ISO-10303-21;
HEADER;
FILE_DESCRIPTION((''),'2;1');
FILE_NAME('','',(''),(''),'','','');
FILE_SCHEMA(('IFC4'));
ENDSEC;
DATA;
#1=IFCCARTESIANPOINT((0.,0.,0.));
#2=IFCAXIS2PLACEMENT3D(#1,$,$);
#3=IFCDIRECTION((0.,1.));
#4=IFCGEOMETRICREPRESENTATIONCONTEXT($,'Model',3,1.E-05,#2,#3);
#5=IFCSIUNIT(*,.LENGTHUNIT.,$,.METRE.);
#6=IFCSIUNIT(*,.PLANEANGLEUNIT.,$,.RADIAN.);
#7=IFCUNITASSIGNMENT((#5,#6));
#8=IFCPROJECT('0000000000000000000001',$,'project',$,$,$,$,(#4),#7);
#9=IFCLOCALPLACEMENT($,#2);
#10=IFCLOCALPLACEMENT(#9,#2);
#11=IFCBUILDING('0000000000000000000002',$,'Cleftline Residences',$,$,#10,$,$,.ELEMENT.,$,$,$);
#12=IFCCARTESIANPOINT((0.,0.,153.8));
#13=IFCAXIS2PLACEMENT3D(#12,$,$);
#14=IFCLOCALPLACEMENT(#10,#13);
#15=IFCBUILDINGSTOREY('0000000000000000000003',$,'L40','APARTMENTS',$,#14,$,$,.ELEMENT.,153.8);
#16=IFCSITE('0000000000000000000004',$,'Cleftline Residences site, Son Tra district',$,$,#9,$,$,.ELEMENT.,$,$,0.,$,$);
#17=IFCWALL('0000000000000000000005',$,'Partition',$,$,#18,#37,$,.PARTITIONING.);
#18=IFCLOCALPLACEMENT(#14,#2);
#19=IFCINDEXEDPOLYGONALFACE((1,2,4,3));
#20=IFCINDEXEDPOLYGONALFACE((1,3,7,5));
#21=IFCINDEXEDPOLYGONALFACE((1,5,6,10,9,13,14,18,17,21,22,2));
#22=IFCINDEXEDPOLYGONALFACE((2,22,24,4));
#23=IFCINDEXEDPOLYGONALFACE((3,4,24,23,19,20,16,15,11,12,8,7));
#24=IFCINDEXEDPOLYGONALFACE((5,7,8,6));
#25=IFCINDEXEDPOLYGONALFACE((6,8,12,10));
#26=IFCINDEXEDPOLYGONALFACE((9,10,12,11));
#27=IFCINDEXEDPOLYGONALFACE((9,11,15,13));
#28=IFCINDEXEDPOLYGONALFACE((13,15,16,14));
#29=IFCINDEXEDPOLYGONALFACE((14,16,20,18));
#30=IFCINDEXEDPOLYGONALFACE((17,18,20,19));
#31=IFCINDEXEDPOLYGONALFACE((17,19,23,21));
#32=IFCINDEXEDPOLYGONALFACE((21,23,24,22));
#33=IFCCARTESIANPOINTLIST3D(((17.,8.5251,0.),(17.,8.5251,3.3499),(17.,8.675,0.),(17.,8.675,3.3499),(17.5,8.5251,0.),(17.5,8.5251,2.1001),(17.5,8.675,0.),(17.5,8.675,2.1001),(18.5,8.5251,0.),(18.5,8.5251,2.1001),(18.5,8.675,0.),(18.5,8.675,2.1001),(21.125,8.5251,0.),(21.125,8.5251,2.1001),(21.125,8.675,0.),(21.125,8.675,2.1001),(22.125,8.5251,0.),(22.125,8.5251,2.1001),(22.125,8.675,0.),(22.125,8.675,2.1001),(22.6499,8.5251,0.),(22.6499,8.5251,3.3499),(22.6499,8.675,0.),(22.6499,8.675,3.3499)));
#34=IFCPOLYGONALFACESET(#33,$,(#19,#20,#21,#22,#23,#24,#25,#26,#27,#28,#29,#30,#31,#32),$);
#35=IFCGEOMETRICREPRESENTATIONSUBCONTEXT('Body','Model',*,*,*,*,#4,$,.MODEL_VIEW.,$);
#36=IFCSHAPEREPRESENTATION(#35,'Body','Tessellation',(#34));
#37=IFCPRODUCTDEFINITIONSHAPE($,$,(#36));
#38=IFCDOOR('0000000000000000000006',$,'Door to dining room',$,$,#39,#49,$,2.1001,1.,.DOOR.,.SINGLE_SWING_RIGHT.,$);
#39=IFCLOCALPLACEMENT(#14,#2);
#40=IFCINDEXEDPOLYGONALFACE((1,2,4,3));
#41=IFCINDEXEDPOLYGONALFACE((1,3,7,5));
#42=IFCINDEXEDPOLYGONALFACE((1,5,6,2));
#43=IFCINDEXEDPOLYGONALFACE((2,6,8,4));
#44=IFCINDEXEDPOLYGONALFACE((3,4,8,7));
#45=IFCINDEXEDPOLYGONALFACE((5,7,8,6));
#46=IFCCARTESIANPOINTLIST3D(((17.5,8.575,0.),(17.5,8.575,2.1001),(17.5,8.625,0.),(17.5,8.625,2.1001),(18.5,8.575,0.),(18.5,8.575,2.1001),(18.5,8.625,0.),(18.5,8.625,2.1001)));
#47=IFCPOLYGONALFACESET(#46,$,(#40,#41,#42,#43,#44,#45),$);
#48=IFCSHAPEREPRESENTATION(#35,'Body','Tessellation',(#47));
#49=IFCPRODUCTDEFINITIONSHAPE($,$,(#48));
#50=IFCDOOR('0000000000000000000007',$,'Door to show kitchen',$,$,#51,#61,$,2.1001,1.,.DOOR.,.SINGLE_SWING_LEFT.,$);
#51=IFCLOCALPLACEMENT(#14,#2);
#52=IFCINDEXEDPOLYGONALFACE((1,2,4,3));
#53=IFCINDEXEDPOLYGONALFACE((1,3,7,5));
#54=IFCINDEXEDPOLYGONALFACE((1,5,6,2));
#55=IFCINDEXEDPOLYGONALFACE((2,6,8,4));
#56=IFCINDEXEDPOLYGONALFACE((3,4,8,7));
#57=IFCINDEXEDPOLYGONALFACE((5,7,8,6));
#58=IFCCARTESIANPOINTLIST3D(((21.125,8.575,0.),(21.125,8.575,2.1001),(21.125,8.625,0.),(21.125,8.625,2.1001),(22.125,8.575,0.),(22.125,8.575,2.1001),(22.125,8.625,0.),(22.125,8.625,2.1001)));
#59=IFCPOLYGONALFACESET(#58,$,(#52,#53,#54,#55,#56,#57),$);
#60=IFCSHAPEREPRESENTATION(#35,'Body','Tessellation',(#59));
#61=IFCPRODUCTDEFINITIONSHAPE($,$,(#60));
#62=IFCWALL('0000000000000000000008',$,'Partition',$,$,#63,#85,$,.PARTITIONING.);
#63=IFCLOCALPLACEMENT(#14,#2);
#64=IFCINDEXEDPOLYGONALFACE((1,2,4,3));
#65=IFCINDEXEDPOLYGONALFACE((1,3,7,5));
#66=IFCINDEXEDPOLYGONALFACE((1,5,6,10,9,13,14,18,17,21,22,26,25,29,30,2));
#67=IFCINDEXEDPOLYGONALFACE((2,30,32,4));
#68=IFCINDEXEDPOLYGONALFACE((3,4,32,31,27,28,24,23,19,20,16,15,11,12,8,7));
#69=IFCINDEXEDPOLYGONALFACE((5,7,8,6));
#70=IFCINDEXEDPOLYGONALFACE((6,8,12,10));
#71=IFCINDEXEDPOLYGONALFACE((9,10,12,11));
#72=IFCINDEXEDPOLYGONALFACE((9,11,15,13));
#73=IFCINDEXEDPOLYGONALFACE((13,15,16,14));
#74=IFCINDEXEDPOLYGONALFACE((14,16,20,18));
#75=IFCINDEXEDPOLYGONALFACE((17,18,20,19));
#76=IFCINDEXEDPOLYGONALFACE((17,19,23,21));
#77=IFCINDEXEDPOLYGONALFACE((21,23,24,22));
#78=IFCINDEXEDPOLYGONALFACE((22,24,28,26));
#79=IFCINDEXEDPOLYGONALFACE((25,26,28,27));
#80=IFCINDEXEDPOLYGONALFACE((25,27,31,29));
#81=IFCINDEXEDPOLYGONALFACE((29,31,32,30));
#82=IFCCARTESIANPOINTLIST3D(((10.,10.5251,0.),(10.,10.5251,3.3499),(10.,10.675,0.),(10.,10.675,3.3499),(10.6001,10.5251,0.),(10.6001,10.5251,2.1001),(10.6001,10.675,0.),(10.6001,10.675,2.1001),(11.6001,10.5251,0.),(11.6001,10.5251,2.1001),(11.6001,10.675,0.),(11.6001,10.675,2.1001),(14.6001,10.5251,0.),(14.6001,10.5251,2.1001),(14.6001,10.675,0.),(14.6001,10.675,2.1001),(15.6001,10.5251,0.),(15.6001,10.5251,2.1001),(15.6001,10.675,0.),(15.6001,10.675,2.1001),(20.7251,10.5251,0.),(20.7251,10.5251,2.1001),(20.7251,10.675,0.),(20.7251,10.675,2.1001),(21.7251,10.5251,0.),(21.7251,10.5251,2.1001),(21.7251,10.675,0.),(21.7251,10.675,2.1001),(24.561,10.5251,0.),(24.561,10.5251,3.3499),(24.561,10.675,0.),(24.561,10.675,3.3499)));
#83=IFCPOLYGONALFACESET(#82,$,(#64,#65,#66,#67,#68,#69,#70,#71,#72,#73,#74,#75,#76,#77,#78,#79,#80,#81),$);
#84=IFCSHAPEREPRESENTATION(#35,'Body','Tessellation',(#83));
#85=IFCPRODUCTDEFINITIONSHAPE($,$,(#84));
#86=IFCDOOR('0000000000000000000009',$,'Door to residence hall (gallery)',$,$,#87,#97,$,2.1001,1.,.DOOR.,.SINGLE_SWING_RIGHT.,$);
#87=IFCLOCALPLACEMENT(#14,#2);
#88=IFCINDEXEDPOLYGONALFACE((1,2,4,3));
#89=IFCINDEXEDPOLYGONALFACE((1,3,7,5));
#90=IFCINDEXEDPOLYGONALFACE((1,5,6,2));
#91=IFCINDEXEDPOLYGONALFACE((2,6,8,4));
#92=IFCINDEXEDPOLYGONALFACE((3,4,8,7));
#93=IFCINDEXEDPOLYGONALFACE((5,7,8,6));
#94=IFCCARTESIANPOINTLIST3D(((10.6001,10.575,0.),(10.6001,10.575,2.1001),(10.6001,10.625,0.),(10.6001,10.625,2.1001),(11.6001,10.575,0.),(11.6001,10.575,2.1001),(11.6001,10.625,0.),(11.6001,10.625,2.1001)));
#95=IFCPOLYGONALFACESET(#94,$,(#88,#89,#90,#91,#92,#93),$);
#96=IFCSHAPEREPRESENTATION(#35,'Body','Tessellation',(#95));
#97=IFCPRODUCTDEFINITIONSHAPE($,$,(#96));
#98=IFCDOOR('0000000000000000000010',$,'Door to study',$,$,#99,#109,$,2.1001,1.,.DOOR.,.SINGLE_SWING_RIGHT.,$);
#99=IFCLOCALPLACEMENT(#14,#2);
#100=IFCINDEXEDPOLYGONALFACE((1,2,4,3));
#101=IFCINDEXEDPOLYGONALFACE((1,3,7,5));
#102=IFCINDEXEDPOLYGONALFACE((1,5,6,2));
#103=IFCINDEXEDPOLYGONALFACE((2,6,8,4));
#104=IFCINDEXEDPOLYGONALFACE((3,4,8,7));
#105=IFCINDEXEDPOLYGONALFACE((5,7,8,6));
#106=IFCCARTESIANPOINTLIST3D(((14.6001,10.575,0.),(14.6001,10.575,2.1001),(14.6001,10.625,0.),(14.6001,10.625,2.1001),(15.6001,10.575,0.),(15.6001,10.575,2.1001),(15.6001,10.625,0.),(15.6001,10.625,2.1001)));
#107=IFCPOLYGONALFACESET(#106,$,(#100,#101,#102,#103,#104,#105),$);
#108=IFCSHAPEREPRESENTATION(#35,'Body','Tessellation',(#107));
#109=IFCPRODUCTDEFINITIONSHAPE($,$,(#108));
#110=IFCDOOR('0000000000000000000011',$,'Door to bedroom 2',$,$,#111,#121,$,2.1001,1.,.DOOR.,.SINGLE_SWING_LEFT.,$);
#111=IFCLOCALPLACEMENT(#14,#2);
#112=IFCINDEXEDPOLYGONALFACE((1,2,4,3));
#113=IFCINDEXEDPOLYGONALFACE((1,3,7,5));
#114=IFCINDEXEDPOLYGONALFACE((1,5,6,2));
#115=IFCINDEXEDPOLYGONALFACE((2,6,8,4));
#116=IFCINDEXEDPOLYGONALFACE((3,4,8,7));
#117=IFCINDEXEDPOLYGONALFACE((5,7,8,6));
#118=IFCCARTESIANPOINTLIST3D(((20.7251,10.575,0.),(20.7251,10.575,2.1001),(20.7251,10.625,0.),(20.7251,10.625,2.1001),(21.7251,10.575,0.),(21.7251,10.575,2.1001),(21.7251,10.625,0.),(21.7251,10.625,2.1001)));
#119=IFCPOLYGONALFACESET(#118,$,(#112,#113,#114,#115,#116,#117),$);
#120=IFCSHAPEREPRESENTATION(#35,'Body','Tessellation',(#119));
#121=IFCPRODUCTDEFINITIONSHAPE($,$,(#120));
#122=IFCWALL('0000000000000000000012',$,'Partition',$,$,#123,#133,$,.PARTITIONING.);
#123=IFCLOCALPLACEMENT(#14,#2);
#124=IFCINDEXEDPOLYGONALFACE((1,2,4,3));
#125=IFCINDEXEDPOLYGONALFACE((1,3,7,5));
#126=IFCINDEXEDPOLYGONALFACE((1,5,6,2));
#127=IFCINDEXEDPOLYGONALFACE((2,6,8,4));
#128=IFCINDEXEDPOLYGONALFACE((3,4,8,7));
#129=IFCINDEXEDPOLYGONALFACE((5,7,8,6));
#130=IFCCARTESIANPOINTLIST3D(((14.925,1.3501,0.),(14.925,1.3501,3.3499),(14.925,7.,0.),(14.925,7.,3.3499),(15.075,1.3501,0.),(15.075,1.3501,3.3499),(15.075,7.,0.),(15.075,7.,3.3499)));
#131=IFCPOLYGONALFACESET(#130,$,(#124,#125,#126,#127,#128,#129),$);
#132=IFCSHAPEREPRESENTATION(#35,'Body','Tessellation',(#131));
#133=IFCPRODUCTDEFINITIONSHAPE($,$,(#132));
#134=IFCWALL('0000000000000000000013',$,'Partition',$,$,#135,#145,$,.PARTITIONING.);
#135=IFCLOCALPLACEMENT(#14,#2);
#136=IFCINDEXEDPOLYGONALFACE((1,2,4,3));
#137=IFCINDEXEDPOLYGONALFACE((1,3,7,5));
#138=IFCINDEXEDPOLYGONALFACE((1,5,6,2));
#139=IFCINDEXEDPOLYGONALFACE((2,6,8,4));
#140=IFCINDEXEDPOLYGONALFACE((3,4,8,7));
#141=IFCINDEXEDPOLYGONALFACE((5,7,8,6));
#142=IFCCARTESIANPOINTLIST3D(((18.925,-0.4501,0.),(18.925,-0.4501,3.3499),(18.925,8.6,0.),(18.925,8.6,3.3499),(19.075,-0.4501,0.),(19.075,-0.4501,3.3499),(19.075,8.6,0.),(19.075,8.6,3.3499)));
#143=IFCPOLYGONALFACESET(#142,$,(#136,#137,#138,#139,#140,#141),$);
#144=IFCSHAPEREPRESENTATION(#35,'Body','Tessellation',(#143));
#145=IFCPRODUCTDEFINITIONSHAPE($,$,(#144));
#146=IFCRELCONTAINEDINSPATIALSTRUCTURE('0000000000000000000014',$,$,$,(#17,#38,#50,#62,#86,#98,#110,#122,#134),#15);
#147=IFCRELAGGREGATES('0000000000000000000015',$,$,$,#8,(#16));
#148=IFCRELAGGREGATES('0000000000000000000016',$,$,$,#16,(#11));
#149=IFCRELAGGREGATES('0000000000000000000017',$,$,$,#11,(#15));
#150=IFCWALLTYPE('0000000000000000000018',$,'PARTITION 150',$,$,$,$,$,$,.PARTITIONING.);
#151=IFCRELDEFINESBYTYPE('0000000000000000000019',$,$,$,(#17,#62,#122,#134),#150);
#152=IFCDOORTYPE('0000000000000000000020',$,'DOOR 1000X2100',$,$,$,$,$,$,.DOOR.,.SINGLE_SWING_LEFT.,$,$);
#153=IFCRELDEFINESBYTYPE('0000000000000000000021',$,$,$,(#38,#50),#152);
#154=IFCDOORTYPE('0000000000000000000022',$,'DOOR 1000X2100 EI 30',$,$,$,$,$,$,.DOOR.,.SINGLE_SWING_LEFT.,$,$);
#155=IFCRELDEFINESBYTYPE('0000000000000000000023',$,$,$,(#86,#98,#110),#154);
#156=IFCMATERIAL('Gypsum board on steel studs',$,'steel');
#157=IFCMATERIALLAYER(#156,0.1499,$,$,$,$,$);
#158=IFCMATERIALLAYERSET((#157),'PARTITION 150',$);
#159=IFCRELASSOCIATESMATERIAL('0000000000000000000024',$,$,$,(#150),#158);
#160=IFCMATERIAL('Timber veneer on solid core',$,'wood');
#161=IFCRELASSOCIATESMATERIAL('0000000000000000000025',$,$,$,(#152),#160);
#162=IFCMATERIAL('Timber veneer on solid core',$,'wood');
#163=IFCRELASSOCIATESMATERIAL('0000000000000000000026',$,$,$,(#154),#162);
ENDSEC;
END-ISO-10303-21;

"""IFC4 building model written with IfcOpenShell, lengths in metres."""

from ifc_helpers import new_model, si_unit, direction, frame, frame_2d, origin, place, context, subcontext, project, spatial, rectangle, extrude, material, layer, layer_set, type_object, element, fill, save


model = new_model("IFC4")

# Units and contexts
model_context = context("Model", 3, precision=1e-05, world=origin(), true_north=direction((0.0, 1.0)))
body_context = subcontext(model_context, "Body", "Model", "MODEL_VIEW")
ifc_project = project(units=[si_unit("LENGTHUNIT", "METRE"), si_unit("PLANEANGLEUNIT", "RADIAN")], contexts=[model_context])

# Site, building, storey
site_placement = place(None, origin())
site = spatial("IfcSite", under=ifc_project, at=site_placement, Name="Cleftline Residences site, Son Tra district", CompositionType="ELEMENT", RefElevation=0.0)
building_placement = place(site_placement, origin())
building = spatial("IfcBuilding", under=site, at=building_placement, Name="Cleftline Residences", CompositionType="ELEMENT")
storey_placement = place(building_placement, frame((0.0, 0.0, 153.8)))
storey = spatial("IfcBuildingStorey", under=building, at=storey_placement, Name="L40", Description="APARTMENTS", CompositionType="ELEMENT", Elevation=153.8)

# Shared definitions
ifc_material_1 = material(Name="Gypsum board on steel studs", Category="steel")
ifc_layer_1 = layer(ifc_material_1, 0.1499)
ifc_layer_set_1 = layer_set([ifc_layer_1], Name="PARTITION 150")
wall_type_1 = type_object("IfcWallType", Name="PARTITION 150", PredefinedType="PARTITIONING", material=ifc_layer_set_1)
ifc_material_2 = material(Name="Timber veneer on solid core", Category="wood")
door_type_1 = type_object("IfcDoorType", Name="DOOR 1000X2100", OperationType="SINGLE_SWING_LEFT", PredefinedType="DOOR", material=ifc_material_2)

# Walls, openings, doors
wall_1_placement = place(storey_placement, frame((17.0, 8.6001, 0.0), z_axis=(0.0, 0.0, 1.0), x_axis=(1.0, 0.0, 0.0)))
wall_1 = element("IfcWall", 1, at=wall_1_placement, inside=storey, type_object=wall_type_1, Name="Partition", PredefinedType="PARTITIONING", context=body_context, shape_type="SweptSolid", body=[
    extrude(rectangle(XDim=5.6499, YDim=0.1499, at=frame_2d((2.825, 0.0))), origin(), (0.0, 0.0, 1.0), 3.3499),
])
opening_1_placement = place(wall_1_placement, frame((0.5, 0.0, 0.0)))
opening_1 = element("IfcOpeningElement", 2, at=opening_1_placement, cuts=wall_1, PredefinedType="OPENING", context=body_context, shape_type="SweptSolid", body=[
    extrude(rectangle(XDim=1.0, YDim=2.1001, at=frame_2d((0.5, 1.05))), frame((0.0, 0.085, 0.0), z_axis=(0.0, -1.0, 0.0), x_axis=(1.0, 0.0, 0.0)), (0.0, 0.0, 1.0), 0.1699),
])
opening_2_placement = place(wall_1_placement, frame((4.125, 0.0, 0.0)))
opening_2 = element("IfcOpeningElement", 3, at=opening_2_placement, cuts=wall_1, PredefinedType="OPENING", context=body_context, shape_type="SweptSolid", body=[
    extrude(rectangle(XDim=1.0, YDim=2.1001, at=frame_2d((0.5, 1.05))), frame((0.0, 0.085, 0.0), z_axis=(0.0, -1.0, 0.0), x_axis=(1.0, 0.0, 0.0)), (0.0, 0.0, 1.0), 0.1699),
])
door_1_placement = place(opening_1_placement, origin())
door_1 = element("IfcDoor", 4, at=door_1_placement, inside=storey, type_object=door_type_1, Name="Door to dining room", OperationType="SINGLE_SWING_RIGHT", OverallHeight=2.1001, OverallWidth=1.0, PredefinedType="DOOR", context=body_context, shape_type="SweptSolid", body=[
    extrude(rectangle(XDim=1.0, YDim=2.1001, at=frame_2d((0.5, 1.05))), frame((0.0, 0.0249, 0.0), z_axis=(0.0, -1.0, 0.0), x_axis=(1.0, 0.0, 0.0)), (0.0, 0.0, 1.0), 0.05),
])
fill(opening_1, door_1)
door_2_placement = place(opening_2_placement, origin())
door_2 = element("IfcDoor", 5, at=door_2_placement, inside=storey, type_object=door_type_1, Name="Door to show kitchen", OperationType="SINGLE_SWING_LEFT", OverallHeight=2.1001, OverallWidth=1.0, PredefinedType="DOOR", context=body_context, shape_type="SweptSolid", body=[
    extrude(rectangle(XDim=1.0, YDim=2.1001, at=frame_2d((0.5, 1.05))), frame((0.0, 0.0249, 0.0), z_axis=(0.0, -1.0, 0.0), x_axis=(1.0, 0.0, 0.0)), (0.0, 0.0, 1.0), 0.05),
])
fill(opening_2, door_2)
wall_2_placement = place(storey_placement, frame((10.0, 10.6001, 0.0), z_axis=(0.0, 0.0, 1.0), x_axis=(1.0, 0.0, 0.0)))
wall_2 = element("IfcWall", 6, at=wall_2_placement, inside=storey, type_object=wall_type_1, Name="Partition", PredefinedType="PARTITIONING", context=body_context, shape_type="SweptSolid", body=[
    extrude(rectangle(XDim=14.561, YDim=0.1499, at=frame_2d((7.2805, 0.0))), origin(), (0.0, 0.0, 1.0), 3.3499),
])
opening_3_placement = place(wall_2_placement, frame((0.6001, 0.0, 0.0)))
opening_3 = element("IfcOpeningElement", 7, at=opening_3_placement, cuts=wall_2, PredefinedType="OPENING", context=body_context, shape_type="SweptSolid", body=[
    extrude(rectangle(XDim=1.0, YDim=2.1001, at=frame_2d((0.5, 1.05))), frame((0.0, 0.085, 0.0), z_axis=(0.0, -1.0, 0.0), x_axis=(1.0, 0.0, 0.0)), (0.0, 0.0, 1.0), 0.1699),
])
opening_4_placement = place(wall_2_placement, frame((4.6001, 0.0, 0.0)))
opening_4 = element("IfcOpeningElement", 8, at=opening_4_placement, cuts=wall_2, PredefinedType="OPENING", context=body_context, shape_type="SweptSolid", body=[
    extrude(rectangle(XDim=1.0, YDim=2.1001, at=frame_2d((0.5, 1.05))), frame((0.0, 0.085, 0.0), z_axis=(0.0, -1.0, 0.0), x_axis=(1.0, 0.0, 0.0)), (0.0, 0.0, 1.0), 0.1699),
])
opening_5_placement = place(wall_2_placement, frame((10.7251, 0.0, 0.0)))
opening_5 = element("IfcOpeningElement", 9, at=opening_5_placement, cuts=wall_2, PredefinedType="OPENING", context=body_context, shape_type="SweptSolid", body=[
    extrude(rectangle(XDim=1.0, YDim=2.1001, at=frame_2d((0.5, 1.05))), frame((0.0, 0.085, 0.0), z_axis=(0.0, -1.0, 0.0), x_axis=(1.0, 0.0, 0.0)), (0.0, 0.0, 1.0), 0.1699),
])
ifc_material_3 = material(Name="Timber veneer on solid core", Category="wood")
door_type_2 = type_object("IfcDoorType", Name="DOOR 1000X2100 EI 30", OperationType="SINGLE_SWING_LEFT", PredefinedType="DOOR", material=ifc_material_3)
door_3_placement = place(opening_3_placement, origin())
door_3 = element("IfcDoor", 10, at=door_3_placement, inside=storey, type_object=door_type_2, Name="Door to residence hall (gallery)", OperationType="SINGLE_SWING_RIGHT", OverallHeight=2.1001, OverallWidth=1.0, PredefinedType="DOOR", context=body_context, shape_type="SweptSolid", body=[
    extrude(rectangle(XDim=1.0, YDim=2.1001, at=frame_2d((0.5, 1.05))), frame((0.0, 0.0249, 0.0), z_axis=(0.0, -1.0, 0.0), x_axis=(1.0, 0.0, 0.0)), (0.0, 0.0, 1.0), 0.05),
])
fill(opening_3, door_3)
door_4_placement = place(opening_4_placement, origin())
door_4 = element("IfcDoor", 11, at=door_4_placement, inside=storey, type_object=door_type_2, Name="Door to study", OperationType="SINGLE_SWING_RIGHT", OverallHeight=2.1001, OverallWidth=1.0, PredefinedType="DOOR", context=body_context, shape_type="SweptSolid", body=[
    extrude(rectangle(XDim=1.0, YDim=2.1001, at=frame_2d((0.5, 1.05))), frame((0.0, 0.0249, 0.0), z_axis=(0.0, -1.0, 0.0), x_axis=(1.0, 0.0, 0.0)), (0.0, 0.0, 1.0), 0.05),
])
fill(opening_4, door_4)
door_5_placement = place(opening_5_placement, origin())
door_5 = element("IfcDoor", 12, at=door_5_placement, inside=storey, type_object=door_type_2, Name="Door to bedroom 2", OperationType="SINGLE_SWING_LEFT", OverallHeight=2.1001, OverallWidth=1.0, PredefinedType="DOOR", context=body_context, shape_type="SweptSolid", body=[
    extrude(rectangle(XDim=1.0, YDim=2.1001, at=frame_2d((0.5, 1.05))), frame((0.0, 0.0249, 0.0), z_axis=(0.0, -1.0, 0.0), x_axis=(1.0, 0.0, 0.0)), (0.0, 0.0, 1.0), 0.05),
])
fill(opening_5, door_5)

# Walls
wall_3_placement = place(storey_placement, frame((15.0, 1.3501, 0.0), z_axis=(0.0, 0.0, 1.0), x_axis=(0.0, 1.0, 0.0)))
element("IfcWall", 13, at=wall_3_placement, inside=storey, type_object=wall_type_1, Name="Partition", PredefinedType="PARTITIONING", context=body_context, shape_type="SweptSolid", body=[
    extrude(rectangle(XDim=5.6499, YDim=0.1499, at=frame_2d((2.825, 0.0))), origin(), (0.0, 0.0, 1.0), 3.3499),
])
wall_4_placement = place(storey_placement, frame((19.0, -0.45, 0.0), z_axis=(0.0, 0.0, 1.0), x_axis=(0.0, 1.0, 0.0)))
element("IfcWall", 14, at=wall_4_placement, inside=storey, type_object=wall_type_1, Name="Partition", PredefinedType="PARTITIONING", context=body_context, shape_type="SweptSolid", body=[
    extrude(rectangle(XDim=9.05, YDim=0.1499, at=frame_2d((4.5249, 0.0))), origin(), (0.0, 0.0, 1.0), 3.3499),
])

save(model, "model.ifc")
